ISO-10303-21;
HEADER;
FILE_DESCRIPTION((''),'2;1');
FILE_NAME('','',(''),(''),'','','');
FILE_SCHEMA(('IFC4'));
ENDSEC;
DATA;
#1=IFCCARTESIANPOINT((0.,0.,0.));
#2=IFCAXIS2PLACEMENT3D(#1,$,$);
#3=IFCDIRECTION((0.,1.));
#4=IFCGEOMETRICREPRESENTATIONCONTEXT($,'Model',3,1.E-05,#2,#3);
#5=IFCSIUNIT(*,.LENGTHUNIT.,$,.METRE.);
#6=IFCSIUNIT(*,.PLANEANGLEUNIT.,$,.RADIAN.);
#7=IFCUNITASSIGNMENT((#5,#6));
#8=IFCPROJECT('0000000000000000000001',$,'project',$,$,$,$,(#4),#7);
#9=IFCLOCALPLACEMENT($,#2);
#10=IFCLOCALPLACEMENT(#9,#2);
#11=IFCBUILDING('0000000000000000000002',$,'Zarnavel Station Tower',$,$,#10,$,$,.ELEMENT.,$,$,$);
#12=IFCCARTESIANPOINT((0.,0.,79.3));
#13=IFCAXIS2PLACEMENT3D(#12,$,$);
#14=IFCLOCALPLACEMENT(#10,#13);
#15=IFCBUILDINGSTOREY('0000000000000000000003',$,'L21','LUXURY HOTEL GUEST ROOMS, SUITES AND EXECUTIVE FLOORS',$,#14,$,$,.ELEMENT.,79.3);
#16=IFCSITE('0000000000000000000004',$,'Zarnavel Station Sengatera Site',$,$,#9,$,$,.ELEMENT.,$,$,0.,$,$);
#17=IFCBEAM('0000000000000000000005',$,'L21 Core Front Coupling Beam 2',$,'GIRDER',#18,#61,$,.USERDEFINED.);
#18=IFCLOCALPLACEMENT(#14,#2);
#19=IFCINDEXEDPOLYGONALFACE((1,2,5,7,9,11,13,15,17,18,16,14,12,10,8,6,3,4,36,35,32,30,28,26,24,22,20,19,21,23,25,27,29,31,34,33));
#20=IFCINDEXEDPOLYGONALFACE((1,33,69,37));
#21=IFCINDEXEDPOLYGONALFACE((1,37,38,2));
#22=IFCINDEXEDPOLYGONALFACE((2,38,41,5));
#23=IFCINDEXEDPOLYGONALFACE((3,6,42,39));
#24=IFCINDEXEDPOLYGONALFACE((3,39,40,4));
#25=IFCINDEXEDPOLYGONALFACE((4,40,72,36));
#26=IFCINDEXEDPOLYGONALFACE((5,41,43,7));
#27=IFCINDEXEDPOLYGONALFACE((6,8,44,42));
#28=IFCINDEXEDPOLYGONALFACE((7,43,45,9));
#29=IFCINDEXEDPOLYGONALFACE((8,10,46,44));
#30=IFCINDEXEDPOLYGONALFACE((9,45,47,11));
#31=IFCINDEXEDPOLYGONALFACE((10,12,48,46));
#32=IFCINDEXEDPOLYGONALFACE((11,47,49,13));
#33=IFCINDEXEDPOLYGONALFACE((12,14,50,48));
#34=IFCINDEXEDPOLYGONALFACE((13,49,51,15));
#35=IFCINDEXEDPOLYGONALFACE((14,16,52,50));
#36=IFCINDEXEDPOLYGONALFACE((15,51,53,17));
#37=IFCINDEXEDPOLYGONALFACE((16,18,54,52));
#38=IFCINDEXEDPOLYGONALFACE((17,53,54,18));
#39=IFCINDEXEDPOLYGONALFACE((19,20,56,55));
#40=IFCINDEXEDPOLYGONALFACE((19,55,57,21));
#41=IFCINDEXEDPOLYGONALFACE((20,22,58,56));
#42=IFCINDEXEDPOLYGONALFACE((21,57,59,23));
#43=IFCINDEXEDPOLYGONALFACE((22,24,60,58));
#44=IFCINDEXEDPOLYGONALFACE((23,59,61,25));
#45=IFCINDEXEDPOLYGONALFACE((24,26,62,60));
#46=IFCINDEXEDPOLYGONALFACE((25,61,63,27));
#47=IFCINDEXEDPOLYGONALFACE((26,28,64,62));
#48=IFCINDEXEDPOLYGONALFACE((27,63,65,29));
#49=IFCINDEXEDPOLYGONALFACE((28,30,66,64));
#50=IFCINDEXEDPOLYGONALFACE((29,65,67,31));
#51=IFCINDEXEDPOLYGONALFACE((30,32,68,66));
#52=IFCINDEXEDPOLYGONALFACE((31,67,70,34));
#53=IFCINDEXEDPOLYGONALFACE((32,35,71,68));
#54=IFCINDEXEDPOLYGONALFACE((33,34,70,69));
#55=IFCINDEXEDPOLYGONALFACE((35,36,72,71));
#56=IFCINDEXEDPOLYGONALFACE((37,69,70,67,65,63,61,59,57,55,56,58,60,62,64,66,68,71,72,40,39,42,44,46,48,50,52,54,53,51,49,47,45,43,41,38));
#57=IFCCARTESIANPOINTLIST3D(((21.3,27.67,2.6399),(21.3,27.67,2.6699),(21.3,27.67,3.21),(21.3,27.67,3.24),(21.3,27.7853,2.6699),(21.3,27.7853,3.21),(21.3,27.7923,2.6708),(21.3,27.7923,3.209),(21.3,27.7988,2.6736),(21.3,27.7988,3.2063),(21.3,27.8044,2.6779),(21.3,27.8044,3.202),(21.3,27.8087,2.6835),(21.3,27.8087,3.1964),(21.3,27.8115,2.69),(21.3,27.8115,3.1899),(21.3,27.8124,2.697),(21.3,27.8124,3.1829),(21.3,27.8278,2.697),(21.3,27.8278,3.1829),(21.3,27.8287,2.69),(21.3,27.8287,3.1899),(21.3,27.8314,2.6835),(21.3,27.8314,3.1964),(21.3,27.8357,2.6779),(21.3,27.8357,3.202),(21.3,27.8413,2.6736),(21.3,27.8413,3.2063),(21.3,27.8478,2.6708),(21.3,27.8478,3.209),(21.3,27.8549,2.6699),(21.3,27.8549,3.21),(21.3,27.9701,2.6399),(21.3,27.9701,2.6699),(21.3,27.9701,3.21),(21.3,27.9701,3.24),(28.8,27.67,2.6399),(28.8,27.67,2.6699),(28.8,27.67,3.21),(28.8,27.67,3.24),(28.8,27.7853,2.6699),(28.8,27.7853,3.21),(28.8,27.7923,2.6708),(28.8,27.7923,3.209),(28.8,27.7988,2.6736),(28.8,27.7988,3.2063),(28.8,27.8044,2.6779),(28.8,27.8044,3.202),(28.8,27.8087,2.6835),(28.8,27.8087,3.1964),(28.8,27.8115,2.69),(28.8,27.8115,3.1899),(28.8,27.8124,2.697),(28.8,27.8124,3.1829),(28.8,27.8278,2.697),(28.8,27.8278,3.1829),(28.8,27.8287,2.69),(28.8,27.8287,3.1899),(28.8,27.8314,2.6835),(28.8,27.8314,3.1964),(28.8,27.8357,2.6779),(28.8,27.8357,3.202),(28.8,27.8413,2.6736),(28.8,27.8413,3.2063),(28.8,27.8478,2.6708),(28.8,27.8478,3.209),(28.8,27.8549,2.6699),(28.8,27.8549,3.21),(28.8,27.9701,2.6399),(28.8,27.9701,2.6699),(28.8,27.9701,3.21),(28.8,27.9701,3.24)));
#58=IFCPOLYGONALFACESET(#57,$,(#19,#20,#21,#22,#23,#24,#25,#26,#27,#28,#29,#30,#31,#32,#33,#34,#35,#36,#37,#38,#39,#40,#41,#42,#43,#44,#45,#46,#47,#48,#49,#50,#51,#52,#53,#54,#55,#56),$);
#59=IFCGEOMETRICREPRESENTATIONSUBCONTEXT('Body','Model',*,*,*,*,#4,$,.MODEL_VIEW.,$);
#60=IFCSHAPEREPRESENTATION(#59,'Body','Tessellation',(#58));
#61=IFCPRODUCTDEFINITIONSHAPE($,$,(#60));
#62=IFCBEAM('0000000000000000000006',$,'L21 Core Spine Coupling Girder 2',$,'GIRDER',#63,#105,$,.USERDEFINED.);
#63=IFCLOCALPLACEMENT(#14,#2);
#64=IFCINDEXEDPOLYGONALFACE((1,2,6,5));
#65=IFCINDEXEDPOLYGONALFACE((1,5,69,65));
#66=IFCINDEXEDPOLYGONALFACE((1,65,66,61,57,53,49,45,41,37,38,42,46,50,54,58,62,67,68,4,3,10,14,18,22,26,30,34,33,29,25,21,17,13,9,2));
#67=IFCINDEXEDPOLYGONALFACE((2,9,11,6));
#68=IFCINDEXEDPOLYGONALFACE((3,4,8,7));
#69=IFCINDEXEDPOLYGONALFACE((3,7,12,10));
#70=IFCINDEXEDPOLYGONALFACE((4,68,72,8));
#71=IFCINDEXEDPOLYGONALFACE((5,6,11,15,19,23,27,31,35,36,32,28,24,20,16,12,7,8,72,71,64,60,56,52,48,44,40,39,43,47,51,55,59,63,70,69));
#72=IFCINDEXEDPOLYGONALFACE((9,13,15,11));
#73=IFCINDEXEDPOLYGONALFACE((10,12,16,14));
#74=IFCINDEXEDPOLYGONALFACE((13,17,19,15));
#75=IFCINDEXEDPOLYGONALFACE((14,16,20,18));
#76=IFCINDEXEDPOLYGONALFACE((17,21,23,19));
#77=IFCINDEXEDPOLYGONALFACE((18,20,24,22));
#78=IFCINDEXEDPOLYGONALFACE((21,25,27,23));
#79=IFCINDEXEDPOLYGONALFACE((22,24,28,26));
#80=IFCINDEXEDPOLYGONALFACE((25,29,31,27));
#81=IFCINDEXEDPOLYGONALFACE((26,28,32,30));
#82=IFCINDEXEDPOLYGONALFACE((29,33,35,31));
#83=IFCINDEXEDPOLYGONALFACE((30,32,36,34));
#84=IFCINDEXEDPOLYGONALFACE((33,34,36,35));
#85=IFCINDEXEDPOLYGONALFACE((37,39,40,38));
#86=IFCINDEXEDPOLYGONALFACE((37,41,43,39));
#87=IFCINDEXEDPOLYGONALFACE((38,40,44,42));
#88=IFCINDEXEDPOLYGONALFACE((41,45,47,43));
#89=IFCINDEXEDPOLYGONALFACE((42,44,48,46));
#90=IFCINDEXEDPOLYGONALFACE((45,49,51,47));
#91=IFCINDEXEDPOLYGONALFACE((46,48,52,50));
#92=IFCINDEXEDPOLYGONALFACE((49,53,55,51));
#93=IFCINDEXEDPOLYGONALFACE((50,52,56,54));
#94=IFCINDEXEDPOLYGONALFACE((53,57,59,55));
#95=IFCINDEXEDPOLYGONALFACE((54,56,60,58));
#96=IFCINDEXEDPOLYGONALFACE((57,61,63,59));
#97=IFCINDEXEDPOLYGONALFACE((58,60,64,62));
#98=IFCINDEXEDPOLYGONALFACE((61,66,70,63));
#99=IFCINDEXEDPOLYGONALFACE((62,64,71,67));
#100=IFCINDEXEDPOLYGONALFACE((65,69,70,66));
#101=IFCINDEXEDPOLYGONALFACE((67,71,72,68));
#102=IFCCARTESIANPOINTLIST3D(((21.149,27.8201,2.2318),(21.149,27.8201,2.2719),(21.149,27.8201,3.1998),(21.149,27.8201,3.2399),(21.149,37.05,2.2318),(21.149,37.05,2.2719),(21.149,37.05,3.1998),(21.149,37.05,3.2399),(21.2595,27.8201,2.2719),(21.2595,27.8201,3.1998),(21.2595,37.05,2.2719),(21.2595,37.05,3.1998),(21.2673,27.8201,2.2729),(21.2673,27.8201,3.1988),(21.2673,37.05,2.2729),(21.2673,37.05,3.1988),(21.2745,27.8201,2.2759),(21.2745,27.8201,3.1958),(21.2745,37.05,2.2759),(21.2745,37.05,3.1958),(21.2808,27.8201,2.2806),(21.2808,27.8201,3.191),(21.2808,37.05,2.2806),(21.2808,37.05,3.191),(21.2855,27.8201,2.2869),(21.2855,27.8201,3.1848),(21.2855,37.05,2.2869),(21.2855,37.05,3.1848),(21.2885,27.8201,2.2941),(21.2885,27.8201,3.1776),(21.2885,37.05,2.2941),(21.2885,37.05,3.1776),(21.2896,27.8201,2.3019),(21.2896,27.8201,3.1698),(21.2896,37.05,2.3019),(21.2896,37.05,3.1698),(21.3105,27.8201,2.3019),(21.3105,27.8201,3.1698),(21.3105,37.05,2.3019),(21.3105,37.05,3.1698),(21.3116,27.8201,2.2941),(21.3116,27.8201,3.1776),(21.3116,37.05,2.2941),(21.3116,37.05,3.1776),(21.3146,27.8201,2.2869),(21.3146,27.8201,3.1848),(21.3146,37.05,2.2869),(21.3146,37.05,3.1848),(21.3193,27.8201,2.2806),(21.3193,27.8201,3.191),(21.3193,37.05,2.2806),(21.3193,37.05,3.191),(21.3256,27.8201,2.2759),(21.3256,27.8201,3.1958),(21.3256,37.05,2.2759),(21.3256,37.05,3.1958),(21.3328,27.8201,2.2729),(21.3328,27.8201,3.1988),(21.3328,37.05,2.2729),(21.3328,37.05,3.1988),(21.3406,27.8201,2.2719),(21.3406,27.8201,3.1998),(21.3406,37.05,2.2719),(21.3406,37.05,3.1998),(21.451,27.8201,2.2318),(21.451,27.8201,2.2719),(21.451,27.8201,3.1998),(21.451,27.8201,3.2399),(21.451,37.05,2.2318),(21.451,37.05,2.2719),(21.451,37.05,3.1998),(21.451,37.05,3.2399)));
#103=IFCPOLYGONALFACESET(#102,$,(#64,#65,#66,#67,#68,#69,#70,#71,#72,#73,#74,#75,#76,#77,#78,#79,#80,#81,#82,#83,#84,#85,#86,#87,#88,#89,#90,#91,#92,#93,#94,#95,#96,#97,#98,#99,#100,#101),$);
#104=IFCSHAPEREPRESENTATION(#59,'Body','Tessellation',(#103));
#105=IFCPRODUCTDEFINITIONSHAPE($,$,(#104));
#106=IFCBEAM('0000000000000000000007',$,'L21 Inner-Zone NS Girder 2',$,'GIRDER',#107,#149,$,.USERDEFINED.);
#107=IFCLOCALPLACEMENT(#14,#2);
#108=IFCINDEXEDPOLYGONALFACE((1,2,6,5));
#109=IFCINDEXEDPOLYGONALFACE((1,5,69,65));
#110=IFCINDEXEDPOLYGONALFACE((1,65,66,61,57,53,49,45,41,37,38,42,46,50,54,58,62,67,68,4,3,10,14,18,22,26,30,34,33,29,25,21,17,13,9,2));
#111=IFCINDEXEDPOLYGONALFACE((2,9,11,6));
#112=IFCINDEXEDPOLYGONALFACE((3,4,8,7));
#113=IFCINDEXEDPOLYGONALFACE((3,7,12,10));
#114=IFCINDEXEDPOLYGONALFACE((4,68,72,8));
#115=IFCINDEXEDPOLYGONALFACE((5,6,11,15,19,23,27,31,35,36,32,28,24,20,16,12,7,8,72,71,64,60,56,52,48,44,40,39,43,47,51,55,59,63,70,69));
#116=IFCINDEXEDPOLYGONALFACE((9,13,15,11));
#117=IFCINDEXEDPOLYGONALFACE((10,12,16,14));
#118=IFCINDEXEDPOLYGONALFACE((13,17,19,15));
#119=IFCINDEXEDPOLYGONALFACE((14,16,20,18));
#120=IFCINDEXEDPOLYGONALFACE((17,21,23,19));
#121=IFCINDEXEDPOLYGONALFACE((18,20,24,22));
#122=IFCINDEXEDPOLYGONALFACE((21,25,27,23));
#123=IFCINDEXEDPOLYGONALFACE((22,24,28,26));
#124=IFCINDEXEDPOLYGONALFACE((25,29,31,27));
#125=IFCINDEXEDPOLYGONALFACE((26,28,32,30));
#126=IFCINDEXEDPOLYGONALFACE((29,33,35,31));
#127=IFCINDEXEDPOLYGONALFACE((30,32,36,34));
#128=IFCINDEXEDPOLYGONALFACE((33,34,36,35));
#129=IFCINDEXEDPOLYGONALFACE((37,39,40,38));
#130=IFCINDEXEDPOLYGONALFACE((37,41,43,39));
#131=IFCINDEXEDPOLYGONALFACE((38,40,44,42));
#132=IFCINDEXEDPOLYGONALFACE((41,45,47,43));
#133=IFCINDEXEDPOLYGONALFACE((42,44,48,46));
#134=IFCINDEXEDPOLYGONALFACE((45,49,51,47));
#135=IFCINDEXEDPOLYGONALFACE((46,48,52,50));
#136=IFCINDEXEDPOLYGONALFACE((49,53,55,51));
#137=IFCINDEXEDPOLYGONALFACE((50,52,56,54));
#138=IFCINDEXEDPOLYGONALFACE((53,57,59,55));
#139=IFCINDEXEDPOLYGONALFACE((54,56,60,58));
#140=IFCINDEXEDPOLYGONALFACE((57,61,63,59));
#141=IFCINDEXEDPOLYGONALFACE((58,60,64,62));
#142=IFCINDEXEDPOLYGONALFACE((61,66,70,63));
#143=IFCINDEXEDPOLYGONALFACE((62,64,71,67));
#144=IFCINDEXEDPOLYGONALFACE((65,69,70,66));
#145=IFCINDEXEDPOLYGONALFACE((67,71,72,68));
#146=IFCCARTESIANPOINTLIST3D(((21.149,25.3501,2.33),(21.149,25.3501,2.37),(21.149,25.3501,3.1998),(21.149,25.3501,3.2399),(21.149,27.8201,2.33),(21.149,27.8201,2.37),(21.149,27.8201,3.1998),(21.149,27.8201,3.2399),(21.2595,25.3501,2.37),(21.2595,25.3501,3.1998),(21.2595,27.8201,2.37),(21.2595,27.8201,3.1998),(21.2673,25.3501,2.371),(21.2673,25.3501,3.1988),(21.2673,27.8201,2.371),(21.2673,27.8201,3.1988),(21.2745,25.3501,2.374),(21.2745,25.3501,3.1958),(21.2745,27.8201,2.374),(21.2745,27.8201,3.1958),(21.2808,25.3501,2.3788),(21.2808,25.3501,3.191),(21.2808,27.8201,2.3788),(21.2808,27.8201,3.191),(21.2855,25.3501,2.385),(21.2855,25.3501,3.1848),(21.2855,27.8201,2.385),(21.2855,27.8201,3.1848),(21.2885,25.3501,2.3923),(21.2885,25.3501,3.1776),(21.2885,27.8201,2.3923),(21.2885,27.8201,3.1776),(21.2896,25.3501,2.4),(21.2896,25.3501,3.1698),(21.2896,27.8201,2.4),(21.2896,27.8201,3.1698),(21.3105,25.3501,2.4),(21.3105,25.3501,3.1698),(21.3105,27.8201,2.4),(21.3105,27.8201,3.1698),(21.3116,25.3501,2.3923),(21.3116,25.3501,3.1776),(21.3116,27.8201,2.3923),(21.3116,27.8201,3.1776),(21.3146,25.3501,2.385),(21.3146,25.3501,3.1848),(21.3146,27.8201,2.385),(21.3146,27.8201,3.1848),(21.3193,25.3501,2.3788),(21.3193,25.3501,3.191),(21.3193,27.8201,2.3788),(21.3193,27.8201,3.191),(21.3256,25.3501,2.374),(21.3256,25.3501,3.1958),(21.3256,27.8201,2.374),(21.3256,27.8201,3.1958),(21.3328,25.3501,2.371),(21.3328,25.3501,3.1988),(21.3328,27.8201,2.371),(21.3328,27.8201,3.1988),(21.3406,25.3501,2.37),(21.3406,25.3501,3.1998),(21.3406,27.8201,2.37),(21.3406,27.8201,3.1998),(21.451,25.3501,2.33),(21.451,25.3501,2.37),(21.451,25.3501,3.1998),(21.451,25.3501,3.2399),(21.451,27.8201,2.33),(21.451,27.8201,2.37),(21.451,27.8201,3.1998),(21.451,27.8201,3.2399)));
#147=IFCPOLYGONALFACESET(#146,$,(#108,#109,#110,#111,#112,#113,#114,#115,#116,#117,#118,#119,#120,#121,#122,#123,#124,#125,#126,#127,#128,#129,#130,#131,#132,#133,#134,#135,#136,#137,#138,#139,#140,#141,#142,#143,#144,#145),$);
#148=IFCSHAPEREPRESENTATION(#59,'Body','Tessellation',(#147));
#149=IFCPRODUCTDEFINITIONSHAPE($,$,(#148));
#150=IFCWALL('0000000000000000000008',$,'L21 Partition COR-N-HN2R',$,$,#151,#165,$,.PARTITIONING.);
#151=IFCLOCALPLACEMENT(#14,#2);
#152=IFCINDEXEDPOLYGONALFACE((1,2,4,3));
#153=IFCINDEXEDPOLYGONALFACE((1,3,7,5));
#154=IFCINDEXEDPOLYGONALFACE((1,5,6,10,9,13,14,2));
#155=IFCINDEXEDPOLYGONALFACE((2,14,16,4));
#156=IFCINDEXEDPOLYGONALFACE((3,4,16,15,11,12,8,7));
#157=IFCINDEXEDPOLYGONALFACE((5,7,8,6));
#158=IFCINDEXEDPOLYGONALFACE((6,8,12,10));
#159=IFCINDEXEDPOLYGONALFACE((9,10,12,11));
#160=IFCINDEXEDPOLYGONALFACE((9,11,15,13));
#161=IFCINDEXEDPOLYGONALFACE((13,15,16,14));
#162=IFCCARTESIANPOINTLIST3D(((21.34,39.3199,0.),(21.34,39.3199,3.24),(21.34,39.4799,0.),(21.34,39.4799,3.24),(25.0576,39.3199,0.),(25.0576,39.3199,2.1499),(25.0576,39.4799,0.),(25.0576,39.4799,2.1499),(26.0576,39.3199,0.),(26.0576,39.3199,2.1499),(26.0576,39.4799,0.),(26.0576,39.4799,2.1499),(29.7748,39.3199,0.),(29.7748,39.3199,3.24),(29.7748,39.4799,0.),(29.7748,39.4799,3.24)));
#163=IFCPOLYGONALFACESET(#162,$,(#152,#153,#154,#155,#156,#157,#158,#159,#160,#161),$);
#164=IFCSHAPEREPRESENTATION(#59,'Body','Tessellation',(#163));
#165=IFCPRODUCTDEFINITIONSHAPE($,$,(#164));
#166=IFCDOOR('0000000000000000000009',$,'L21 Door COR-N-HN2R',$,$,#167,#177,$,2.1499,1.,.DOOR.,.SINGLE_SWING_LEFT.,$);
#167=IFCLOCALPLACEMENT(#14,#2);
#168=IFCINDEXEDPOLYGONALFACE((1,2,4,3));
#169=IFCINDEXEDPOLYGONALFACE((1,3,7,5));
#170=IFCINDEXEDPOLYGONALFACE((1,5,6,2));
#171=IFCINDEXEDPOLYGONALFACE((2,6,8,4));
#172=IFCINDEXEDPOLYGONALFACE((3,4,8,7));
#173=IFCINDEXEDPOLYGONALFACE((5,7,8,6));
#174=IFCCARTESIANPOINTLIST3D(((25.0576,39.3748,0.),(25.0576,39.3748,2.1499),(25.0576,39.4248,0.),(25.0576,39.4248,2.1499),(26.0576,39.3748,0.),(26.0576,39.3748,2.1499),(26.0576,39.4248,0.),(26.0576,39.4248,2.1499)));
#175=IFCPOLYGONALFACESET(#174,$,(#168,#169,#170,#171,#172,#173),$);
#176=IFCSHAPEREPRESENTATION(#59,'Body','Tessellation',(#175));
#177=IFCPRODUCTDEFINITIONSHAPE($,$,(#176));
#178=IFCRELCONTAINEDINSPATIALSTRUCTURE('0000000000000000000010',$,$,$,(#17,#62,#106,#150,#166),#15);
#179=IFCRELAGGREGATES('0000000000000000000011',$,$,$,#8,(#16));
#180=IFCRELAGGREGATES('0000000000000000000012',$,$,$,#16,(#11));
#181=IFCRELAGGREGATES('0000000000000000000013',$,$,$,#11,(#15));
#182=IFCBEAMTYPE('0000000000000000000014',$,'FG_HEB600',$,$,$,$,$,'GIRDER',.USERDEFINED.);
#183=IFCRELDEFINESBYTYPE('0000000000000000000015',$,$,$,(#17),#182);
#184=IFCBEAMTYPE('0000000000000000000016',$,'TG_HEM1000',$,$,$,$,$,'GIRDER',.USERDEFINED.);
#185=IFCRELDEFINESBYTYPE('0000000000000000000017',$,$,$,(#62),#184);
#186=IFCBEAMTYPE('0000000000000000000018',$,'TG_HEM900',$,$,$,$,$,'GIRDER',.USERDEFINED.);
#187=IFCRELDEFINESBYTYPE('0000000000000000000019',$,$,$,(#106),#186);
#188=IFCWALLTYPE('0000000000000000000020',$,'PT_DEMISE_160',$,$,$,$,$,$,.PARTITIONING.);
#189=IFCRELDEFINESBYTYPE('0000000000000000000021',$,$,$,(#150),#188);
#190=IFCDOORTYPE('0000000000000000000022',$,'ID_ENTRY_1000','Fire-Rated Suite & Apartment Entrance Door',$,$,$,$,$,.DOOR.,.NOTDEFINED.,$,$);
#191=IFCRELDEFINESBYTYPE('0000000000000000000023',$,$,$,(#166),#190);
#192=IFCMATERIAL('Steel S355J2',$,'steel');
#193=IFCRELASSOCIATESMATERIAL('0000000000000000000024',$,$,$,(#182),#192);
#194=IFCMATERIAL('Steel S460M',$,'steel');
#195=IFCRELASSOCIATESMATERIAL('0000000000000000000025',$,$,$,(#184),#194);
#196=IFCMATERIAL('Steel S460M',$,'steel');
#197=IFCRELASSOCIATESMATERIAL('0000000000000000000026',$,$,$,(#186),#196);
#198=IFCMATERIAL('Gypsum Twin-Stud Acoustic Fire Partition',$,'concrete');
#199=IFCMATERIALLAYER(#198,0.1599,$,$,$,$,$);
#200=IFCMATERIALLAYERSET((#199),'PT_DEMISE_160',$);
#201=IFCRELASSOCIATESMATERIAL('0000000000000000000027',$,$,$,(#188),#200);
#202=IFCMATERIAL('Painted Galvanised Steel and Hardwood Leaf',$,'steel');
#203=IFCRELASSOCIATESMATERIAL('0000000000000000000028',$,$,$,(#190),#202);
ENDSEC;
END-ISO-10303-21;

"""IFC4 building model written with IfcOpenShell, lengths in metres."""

from ifc_helpers import new_model, si_unit, direction, frame, frame_2d, origin, origin_2d, place, context, subcontext, project, spatial, rectangle, i_section, extrude, material, layer, layer_set, material_profile, profile_set, type_object, element, fill, save


model = new_model("IFC4")

# Units and contexts
model_context = context("Model", 3, precision=1e-05, world=origin(), true_north=direction((0.0, 1.0)))
body_context = subcontext(model_context, "Body", "Model", "MODEL_VIEW")
ifc_project = project(units=[si_unit("LENGTHUNIT", "METRE"), si_unit("PLANEANGLEUNIT", "RADIAN")], contexts=[model_context])

# Site, building, storey
site_placement = place(None, origin())
site = spatial("IfcSite", under=ifc_project, at=site_placement, Name="Zarnavel Station Sengatera Site", CompositionType="ELEMENT", RefElevation=0.0)
building_placement = place(site_placement, origin())
building = spatial("IfcBuilding", under=site, at=building_placement, Name="Zarnavel Station Tower", CompositionType="ELEMENT")
storey_placement = place(building_placement, frame((0.0, 0.0, 79.3)))
storey = spatial("IfcBuildingStorey", under=building, at=storey_placement, Name="L21", Description="LUXURY HOTEL GUEST ROOMS, SUITES AND EXECUTIVE FLOORS", CompositionType="ELEMENT", Elevation=79.3)

# Beams
ifc_material_1 = material(Name="Steel S355J2", Category="steel")
ifc_material_profile_1 = material_profile(ifc_material_1, i_section(OverallWidth=0.3, OverallDepth=0.6001, WebThickness=0.0154, FlangeThickness=0.03, FilletRadius=0.0271, at=origin_2d()), Name="HEB600")
ifc_profile_set_1 = profile_set([ifc_material_profile_1], Name="Steel S355J2")
beam_type_1 = type_object("IfcBeamType", Name="FG_HEB600", ElementType="GIRDER", PredefinedType="USERDEFINED", material=ifc_profile_set_1)
beam_1_placement = place(storey_placement, frame((21.3, 27.8201, 2.9399), z_axis=(1.0, 0.0, 0.0), x_axis=(0.0, 1.0, 0.0)))
element("IfcBeam", 1, at=beam_1_placement, inside=storey, type_object=beam_type_1, Name="L21 Core Front Coupling Beam 2", ObjectType="GIRDER", PredefinedType="USERDEFINED", context=body_context, shape_type="SweptSolid", body=[
    extrude(i_section(OverallWidth=0.3, OverallDepth=0.6001, WebThickness=0.0154, FlangeThickness=0.03, FilletRadius=0.0271, at=origin_2d()), origin(), (0.0, 0.0, 1.0), 7.5),
])
ifc_material_2 = material(Name="Steel S460M", Category="steel")
ifc_material_profile_2 = material_profile(ifc_material_2, i_section(OverallWidth=0.302, OverallDepth=1.0081, WebThickness=0.021, FlangeThickness=0.04, FilletRadius=0.03, at=origin_2d()), Name="HEM1000")
ifc_profile_set_2 = profile_set([ifc_material_profile_2], Name="Steel S460M")
beam_type_2 = type_object("IfcBeamType", Name="TG_HEM1000", ElementType="GIRDER", PredefinedType="USERDEFINED", material=ifc_profile_set_2)
beam_2_placement = place(storey_placement, frame((21.3, 27.8201, 2.7358), z_axis=(0.0, 1.0, 0.0), x_axis=(-1.0, 0.0, 0.0)))
element("IfcBeam", 2, at=beam_2_placement, inside=storey, type_object=beam_type_2, Name="L21 Core Spine Coupling Girder 2", ObjectType="GIRDER", PredefinedType="USERDEFINED", context=body_context, shape_type="SweptSolid", body=[
    extrude(i_section(OverallWidth=0.302, OverallDepth=1.0081, WebThickness=0.021, FlangeThickness=0.04, FilletRadius=0.03, at=origin_2d()), origin(), (0.0, 0.0, 1.0), 9.23),
])
ifc_material_3 = material(Name="Steel S460M", Category="steel")
ifc_material_profile_3 = material_profile(ifc_material_3, i_section(OverallWidth=0.302, OverallDepth=0.9099, WebThickness=0.021, FlangeThickness=0.04, FilletRadius=0.03, at=origin_2d()), Name="HEM900")
ifc_profile_set_3 = profile_set([ifc_material_profile_3], Name="Steel S460M")
beam_type_3 = type_object("IfcBeamType", Name="TG_HEM900", ElementType="GIRDER", PredefinedType="USERDEFINED", material=ifc_profile_set_3)
beam_3_placement = place(storey_placement, frame((21.3, 25.3501, 2.7849), z_axis=(0.0, 1.0, 0.0), x_axis=(-1.0, 0.0, 0.0)))
element("IfcBeam", 3, at=beam_3_placement, inside=storey, type_object=beam_type_3, Name="L21 Inner-Zone NS Girder 2", ObjectType="GIRDER", PredefinedType="USERDEFINED", context=body_context, shape_type="SweptSolid", body=[
    extrude(i_section(OverallWidth=0.302, OverallDepth=0.9099, WebThickness=0.021, FlangeThickness=0.04, FilletRadius=0.03, at=origin_2d()), origin(), (0.0, 0.0, 1.0), 2.47),
])

# Wall, opening, door
ifc_material_4 = material(Name="Gypsum Twin-Stud Acoustic Fire Partition", Category="concrete")
ifc_layer_1 = layer(ifc_material_4, 0.1599)
ifc_layer_set_1 = layer_set([ifc_layer_1], Name="PT_DEMISE_160")
wall_type_1 = type_object("IfcWallType", Name="PT_DEMISE_160", PredefinedType="PARTITIONING", material=ifc_layer_set_1)
wall_1_placement = place(storey_placement, frame((21.3401, 39.3999, 0.0), z_axis=(0.0, 0.0, 1.0), x_axis=(1.0, 0.0, 0.0)))
wall_1 = element("IfcWall", 4, at=wall_1_placement, inside=storey, type_object=wall_type_1, Name="L21 Partition COR-N-HN2R", PredefinedType="PARTITIONING", context=body_context, shape_type="SweptSolid", body=[
    extrude(rectangle(XDim=8.4348, YDim=0.1599, at=frame_2d((4.2173, 0.0))), origin(), (0.0, 0.0, 1.0), 3.24),
])
opening_1_placement = place(wall_1_placement, frame((3.7175, 0.0, 0.0)))
opening_1 = element("IfcOpeningElement", 5, at=opening_1_placement, cuts=wall_1, PredefinedType="OPENING", context=body_context, shape_type="SweptSolid", body=[
    extrude(rectangle(XDim=1.0, YDim=2.1499, at=frame_2d((0.5, 1.075))), frame((0.0, 0.0898, 0.0), z_axis=(0.0, -1.0, 0.0), x_axis=(1.0, 0.0, 0.0)), (0.0, 0.0, 1.0), 0.1799),
])
ifc_material_5 = material(Name="Painted Galvanised Steel and Hardwood Leaf", Category="steel")
door_type_1 = type_object("IfcDoorType", Name="ID_ENTRY_1000", Description="Fire-Rated Suite & Apartment Entrance Door", OperationType="NOTDEFINED", PredefinedType="DOOR", material=ifc_material_5)
door_1_placement = place(opening_1_placement, origin())
door_1 = element("IfcDoor", 6, at=door_1_placement, inside=storey, type_object=door_type_1, Name="L21 Door COR-N-HN2R", OperationType="SINGLE_SWING_LEFT", OverallHeight=2.1499, OverallWidth=1.0, PredefinedType="DOOR", context=body_context, shape_type="SweptSolid", body=[
    extrude(rectangle(XDim=1.0, YDim=2.1499, at=frame_2d((0.5, 1.075))), frame((0.0, 0.0249, 0.0), z_axis=(0.0, -1.0, 0.0), x_axis=(1.0, 0.0, 0.0)), (0.0, 0.0, 1.0), 0.05),
])
fill(opening_1, door_1)

save(model, "model.ifc")
